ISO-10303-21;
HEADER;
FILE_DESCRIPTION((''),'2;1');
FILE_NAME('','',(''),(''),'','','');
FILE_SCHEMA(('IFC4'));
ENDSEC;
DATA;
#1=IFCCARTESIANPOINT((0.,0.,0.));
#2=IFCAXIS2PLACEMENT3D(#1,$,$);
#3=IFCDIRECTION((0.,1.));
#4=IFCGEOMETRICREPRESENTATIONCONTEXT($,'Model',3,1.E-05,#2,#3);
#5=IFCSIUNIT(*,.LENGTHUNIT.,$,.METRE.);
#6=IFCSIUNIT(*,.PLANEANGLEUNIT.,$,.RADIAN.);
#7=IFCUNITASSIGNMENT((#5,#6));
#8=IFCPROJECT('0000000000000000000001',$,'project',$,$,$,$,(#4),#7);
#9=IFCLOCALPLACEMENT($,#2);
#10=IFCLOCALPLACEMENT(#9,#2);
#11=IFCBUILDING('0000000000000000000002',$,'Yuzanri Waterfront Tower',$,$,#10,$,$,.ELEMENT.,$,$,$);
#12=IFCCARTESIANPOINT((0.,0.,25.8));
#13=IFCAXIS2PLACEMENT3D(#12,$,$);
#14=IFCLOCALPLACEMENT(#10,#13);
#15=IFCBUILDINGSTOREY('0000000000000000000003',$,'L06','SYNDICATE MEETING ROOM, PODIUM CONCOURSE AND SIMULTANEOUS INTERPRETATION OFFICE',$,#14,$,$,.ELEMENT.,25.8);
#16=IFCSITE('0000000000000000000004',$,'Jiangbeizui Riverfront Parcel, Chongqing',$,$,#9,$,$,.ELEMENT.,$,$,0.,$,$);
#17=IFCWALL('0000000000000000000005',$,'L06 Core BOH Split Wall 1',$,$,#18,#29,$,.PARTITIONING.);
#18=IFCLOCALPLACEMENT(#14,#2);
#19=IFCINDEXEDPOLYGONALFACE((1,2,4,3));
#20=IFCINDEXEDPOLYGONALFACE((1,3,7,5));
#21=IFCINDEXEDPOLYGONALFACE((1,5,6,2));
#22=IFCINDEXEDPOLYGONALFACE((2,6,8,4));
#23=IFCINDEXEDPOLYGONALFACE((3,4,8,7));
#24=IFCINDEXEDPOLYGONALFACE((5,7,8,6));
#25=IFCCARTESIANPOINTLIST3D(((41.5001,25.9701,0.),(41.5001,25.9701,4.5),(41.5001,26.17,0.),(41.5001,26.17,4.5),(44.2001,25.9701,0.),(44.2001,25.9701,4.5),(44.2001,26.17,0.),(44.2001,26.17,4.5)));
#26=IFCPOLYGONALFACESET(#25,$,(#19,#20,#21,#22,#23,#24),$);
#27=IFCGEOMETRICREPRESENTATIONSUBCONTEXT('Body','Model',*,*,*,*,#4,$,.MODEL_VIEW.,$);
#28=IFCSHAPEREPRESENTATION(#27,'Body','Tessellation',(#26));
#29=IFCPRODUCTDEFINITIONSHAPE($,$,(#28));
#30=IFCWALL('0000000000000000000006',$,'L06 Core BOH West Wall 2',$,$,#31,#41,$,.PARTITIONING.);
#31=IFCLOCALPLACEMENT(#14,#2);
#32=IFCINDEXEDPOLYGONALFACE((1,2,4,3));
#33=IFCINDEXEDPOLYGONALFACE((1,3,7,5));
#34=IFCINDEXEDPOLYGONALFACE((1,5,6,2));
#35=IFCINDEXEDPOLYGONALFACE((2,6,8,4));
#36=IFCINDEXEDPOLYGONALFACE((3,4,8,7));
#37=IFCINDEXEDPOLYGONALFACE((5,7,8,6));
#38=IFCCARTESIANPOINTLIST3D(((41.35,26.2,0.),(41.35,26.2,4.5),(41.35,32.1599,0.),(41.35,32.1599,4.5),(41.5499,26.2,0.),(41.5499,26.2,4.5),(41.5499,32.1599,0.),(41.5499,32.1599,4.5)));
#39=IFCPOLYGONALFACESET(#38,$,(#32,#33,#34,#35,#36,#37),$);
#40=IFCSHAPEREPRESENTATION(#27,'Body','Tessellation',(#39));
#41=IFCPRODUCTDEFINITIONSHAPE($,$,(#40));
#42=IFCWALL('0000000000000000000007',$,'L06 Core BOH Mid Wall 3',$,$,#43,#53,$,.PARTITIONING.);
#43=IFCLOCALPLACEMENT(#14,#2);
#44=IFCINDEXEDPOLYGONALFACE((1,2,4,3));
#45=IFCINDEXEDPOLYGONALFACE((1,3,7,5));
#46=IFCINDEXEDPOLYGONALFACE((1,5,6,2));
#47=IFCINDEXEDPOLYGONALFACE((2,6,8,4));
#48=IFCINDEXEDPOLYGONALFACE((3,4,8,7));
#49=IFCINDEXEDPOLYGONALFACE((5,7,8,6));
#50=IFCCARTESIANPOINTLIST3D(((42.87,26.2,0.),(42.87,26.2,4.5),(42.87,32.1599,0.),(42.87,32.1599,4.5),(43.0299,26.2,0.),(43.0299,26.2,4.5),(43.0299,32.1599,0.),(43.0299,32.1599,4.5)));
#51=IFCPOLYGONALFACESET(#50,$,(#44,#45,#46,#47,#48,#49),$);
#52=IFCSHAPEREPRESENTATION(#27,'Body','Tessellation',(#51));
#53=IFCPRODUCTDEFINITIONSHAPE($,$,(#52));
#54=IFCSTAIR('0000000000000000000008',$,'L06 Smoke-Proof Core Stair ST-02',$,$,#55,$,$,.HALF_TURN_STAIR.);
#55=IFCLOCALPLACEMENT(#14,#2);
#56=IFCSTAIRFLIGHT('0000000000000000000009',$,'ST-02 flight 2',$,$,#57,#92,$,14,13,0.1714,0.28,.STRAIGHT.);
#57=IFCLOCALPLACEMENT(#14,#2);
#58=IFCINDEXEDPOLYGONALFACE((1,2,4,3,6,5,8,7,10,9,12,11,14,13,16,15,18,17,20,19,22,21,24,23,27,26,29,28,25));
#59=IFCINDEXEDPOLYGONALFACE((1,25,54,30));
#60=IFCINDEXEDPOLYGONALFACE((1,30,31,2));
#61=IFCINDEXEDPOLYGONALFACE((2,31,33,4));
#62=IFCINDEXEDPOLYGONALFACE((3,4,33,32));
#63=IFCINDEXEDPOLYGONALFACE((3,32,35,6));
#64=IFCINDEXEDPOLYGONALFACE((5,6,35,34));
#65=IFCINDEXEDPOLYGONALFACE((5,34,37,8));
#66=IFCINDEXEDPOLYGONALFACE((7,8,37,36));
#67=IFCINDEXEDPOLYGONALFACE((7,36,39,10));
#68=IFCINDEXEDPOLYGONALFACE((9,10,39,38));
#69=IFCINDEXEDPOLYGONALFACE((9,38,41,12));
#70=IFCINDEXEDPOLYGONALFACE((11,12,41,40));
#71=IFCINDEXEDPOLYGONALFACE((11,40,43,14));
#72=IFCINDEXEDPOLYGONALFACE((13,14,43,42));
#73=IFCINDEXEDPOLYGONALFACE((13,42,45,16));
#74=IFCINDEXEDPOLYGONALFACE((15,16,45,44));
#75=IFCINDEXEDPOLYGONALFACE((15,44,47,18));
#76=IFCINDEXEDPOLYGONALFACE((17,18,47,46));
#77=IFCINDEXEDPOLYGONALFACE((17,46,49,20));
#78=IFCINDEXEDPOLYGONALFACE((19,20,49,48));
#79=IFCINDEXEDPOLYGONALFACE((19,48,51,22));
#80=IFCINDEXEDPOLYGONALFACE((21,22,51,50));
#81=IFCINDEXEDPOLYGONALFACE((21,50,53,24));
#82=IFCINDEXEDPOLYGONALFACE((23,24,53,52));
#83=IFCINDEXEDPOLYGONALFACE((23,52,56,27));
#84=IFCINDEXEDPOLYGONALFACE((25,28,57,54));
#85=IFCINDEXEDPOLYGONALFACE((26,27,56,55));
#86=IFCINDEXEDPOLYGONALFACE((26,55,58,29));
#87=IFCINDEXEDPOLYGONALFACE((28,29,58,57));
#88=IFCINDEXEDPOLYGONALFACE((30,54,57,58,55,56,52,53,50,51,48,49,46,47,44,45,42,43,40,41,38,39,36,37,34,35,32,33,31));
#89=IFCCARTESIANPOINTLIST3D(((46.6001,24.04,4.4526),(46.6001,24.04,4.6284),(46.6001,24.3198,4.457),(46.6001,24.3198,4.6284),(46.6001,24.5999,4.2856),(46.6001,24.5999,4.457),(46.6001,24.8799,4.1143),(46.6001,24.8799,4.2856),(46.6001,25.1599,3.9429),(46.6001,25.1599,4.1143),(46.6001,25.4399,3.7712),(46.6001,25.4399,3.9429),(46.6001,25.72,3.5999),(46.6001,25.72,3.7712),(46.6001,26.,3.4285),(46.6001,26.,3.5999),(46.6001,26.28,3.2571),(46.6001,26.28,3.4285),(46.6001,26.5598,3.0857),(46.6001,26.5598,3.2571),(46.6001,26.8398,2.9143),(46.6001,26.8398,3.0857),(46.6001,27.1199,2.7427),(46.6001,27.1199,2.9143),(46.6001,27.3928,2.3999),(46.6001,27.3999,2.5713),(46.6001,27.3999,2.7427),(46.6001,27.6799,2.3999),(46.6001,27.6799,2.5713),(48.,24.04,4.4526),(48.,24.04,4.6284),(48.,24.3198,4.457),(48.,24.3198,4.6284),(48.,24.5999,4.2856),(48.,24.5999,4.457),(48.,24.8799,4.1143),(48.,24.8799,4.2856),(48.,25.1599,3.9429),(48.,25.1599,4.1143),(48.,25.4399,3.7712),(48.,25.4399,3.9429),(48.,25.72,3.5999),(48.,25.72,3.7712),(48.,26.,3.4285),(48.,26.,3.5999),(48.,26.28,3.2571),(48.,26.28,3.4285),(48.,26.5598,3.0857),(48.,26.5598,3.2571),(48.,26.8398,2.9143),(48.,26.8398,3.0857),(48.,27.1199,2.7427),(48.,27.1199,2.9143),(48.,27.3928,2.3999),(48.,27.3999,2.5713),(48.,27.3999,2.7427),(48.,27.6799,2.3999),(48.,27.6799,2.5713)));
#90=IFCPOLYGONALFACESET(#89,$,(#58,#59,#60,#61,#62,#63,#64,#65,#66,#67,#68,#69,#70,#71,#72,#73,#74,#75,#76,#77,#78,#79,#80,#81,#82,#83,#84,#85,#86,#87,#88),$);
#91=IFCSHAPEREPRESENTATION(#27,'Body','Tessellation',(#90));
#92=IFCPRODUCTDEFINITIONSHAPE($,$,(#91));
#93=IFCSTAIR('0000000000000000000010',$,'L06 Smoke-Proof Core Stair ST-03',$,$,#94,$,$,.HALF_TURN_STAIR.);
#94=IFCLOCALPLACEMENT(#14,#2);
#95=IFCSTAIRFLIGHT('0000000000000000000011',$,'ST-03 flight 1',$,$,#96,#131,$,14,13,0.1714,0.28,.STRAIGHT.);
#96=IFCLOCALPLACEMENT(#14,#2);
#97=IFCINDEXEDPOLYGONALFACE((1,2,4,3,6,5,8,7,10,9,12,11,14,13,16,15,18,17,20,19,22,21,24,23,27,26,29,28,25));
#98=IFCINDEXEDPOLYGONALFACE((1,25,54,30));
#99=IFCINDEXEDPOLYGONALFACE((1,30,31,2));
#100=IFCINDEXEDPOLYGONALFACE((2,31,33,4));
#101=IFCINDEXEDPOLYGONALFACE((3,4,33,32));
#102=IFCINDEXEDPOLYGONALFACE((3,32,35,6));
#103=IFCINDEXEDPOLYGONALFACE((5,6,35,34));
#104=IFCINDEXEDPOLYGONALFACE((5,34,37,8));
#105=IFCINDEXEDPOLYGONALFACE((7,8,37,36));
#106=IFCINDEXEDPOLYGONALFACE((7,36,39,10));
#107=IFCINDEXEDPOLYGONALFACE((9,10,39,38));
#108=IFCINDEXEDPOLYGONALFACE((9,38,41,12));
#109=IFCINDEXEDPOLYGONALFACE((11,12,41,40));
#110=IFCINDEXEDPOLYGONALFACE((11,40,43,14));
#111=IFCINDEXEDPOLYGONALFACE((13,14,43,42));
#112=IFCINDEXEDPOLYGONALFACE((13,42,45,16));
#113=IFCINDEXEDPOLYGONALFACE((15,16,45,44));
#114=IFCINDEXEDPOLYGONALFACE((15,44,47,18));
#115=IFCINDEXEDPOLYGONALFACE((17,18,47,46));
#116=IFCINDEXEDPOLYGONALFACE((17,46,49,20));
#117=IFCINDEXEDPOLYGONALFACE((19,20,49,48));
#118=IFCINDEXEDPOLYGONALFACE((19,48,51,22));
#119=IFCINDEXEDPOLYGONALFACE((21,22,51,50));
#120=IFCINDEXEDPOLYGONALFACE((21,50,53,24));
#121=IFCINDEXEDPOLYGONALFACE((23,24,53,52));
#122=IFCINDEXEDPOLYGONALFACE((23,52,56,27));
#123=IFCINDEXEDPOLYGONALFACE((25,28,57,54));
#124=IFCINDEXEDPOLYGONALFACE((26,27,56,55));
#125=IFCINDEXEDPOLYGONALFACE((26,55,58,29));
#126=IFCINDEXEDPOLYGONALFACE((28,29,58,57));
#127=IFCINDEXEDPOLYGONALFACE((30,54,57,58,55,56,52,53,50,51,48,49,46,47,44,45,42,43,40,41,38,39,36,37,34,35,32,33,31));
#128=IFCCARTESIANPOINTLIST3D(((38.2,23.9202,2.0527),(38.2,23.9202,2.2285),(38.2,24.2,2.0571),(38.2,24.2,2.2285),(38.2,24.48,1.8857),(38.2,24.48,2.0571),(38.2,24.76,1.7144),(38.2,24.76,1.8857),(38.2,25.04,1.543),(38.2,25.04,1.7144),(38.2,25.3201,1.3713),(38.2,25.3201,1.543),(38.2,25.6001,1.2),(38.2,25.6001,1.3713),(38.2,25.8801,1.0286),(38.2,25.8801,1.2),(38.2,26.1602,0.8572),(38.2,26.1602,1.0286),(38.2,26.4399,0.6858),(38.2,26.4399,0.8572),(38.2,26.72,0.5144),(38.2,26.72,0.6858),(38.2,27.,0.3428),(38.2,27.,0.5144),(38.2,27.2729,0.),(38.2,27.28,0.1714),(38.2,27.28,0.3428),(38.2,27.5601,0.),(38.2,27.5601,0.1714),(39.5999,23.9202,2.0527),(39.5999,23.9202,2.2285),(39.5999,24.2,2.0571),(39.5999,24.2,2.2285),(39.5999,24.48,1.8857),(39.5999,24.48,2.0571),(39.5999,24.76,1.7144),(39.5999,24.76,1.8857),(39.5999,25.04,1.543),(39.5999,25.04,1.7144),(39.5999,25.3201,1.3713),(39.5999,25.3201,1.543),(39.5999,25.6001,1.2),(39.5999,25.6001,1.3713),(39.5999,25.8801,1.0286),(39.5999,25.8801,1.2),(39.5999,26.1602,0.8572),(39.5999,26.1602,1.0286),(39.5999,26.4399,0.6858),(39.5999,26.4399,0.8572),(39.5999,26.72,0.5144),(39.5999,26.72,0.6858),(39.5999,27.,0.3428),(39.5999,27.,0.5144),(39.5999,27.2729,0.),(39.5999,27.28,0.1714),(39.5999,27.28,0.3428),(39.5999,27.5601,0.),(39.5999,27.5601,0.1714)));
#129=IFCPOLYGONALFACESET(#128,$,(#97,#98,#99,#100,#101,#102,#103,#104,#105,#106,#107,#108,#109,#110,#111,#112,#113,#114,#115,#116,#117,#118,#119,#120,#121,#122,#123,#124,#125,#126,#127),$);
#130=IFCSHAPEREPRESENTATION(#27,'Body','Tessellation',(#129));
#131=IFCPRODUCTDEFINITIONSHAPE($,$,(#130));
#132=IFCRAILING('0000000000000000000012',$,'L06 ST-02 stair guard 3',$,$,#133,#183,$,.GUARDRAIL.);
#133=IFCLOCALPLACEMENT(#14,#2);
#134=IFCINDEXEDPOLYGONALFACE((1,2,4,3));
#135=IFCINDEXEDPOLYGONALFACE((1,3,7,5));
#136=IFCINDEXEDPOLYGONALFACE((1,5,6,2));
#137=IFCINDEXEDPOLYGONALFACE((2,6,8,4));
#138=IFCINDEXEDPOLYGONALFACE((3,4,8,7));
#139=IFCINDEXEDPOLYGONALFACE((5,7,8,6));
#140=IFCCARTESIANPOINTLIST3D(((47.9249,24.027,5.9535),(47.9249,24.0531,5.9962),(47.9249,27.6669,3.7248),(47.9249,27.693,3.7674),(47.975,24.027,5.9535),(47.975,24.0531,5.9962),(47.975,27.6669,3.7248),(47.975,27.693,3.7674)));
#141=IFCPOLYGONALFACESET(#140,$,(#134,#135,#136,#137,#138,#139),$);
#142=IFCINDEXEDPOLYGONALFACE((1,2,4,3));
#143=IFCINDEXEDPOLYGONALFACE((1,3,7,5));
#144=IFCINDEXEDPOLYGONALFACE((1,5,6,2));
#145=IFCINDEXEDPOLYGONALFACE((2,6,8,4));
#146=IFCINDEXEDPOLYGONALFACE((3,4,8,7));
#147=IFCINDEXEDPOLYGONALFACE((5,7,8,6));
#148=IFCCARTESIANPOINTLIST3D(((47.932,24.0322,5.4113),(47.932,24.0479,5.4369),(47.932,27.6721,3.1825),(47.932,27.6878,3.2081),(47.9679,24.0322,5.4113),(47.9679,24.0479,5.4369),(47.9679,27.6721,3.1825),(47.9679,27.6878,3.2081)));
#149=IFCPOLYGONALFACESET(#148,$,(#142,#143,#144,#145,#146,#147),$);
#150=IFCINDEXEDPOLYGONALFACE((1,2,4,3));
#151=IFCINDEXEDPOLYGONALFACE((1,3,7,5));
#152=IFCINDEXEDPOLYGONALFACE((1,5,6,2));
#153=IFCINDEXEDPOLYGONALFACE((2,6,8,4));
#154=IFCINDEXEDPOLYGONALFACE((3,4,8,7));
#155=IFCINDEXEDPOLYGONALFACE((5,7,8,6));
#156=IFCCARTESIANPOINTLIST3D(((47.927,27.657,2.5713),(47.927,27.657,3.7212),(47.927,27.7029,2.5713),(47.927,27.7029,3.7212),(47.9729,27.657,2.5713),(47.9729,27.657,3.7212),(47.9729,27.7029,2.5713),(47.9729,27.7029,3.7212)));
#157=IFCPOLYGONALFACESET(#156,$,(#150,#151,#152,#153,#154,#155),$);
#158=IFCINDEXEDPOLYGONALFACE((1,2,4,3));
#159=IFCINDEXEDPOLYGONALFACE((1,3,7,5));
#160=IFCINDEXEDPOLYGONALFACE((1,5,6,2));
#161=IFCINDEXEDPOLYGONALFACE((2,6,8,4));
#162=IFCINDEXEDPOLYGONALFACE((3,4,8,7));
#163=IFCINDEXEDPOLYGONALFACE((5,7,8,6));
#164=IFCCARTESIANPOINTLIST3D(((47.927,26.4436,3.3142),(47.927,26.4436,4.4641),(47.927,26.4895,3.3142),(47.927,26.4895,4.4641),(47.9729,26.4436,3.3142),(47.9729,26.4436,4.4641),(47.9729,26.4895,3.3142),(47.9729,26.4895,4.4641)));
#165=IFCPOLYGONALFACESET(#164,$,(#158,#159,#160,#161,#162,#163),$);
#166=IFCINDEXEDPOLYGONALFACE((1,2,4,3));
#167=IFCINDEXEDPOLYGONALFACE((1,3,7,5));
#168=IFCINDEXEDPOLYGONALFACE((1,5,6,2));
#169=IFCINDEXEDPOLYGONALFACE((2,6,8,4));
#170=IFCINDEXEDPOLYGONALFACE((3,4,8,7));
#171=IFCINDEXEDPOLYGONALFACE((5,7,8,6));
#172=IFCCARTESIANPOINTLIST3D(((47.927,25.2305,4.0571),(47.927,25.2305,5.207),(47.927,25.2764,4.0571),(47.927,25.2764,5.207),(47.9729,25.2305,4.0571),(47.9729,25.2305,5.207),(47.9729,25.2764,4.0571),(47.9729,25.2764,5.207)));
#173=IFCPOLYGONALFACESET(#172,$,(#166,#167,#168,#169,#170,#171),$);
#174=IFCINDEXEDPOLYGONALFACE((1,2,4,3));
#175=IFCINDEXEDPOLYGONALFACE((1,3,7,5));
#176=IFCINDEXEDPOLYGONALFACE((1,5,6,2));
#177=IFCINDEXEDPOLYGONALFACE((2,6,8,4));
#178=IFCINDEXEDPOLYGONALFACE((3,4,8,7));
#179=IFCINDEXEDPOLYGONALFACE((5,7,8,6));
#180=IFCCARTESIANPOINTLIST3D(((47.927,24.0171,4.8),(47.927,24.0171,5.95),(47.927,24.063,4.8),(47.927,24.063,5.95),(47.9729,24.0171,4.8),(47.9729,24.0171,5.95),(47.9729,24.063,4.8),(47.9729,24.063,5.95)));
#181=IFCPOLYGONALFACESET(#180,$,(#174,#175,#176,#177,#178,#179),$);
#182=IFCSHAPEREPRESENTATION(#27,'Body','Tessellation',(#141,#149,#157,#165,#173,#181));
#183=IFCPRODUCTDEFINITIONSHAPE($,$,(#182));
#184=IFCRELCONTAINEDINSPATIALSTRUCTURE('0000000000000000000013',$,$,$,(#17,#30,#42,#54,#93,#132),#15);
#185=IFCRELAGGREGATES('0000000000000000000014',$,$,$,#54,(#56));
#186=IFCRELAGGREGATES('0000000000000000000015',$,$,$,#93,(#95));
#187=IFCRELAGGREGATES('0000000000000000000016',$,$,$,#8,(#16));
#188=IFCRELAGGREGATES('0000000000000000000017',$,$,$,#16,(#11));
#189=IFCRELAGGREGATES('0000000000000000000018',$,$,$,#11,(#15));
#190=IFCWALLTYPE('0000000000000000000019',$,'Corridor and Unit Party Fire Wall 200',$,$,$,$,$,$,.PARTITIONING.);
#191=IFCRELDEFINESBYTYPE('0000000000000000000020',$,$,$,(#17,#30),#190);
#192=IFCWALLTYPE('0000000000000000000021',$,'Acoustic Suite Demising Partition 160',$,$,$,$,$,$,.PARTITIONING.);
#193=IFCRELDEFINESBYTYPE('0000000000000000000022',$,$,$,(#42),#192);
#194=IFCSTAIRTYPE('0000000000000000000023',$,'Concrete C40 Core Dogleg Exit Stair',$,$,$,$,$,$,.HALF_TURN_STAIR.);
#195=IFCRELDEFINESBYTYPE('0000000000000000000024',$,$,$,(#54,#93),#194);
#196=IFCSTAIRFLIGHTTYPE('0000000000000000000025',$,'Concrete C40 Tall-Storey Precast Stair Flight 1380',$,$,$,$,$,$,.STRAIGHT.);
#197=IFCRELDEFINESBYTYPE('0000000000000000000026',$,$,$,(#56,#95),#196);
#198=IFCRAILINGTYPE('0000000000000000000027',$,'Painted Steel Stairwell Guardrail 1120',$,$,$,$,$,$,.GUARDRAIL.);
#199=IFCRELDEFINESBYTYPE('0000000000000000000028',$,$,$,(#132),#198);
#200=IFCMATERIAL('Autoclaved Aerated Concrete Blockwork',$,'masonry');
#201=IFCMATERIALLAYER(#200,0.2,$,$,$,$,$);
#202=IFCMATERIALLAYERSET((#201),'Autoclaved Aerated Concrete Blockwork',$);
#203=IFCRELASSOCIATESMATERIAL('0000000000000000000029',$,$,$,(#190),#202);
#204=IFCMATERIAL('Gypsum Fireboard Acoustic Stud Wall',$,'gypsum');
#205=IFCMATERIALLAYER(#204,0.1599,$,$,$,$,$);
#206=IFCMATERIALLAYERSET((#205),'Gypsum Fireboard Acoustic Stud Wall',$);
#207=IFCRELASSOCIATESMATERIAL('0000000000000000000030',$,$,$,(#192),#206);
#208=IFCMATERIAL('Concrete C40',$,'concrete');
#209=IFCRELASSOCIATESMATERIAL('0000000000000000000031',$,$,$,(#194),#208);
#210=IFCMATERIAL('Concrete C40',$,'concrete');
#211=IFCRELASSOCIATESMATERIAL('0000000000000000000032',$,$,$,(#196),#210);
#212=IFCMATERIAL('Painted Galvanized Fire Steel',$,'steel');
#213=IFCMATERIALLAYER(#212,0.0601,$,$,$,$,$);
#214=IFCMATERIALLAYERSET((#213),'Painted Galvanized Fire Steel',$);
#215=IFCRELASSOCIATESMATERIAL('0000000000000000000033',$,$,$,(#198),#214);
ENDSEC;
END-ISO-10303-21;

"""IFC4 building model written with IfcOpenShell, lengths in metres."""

from ifc_helpers import new_model, si_unit, direction, frame, frame_2d, origin, origin_2d, place, context, subcontext, project, spatial, polyline, rectangle, outline, extrude, source, transform, mapped, material, layer, layer_set, type_object, element, aggregate, save


model = new_model("IFC4")

# Units and contexts
model_context = context("Model", 3, precision=1e-05, world=origin(), true_north=direction((0.0, 1.0)))
body_context = subcontext(model_context, "Body", "Model", "MODEL_VIEW")
ifc_project = project(units=[si_unit("LENGTHUNIT", "METRE"), si_unit("PLANEANGLEUNIT", "RADIAN")], contexts=[model_context])

# Site, building, storey
site_placement = place(None, origin())
site = spatial("IfcSite", under=ifc_project, at=site_placement, Name="Jiangbeizui Riverfront Parcel, Chongqing", CompositionType="ELEMENT", RefElevation=0.0)
building_placement = place(site_placement, origin())
building = spatial("IfcBuilding", under=site, at=building_placement, Name="Yuzanri Waterfront Tower", CompositionType="ELEMENT")
storey_placement = place(building_placement, frame((0.0, 0.0, 25.8)))
storey = spatial("IfcBuildingStorey", under=building, at=storey_placement, Name="L06", Description="SYNDICATE MEETING ROOM, PODIUM CONCOURSE AND SIMULTANEOUS INTERPRETATION OFFICE", CompositionType="ELEMENT", Elevation=25.8)

# Walls
ifc_material_1 = material(Name="Autoclaved Aerated Concrete Blockwork", Category="masonry")
ifc_layer_1 = layer(ifc_material_1, 0.2)
ifc_layer_set_1 = layer_set([ifc_layer_1], Name="Autoclaved Aerated Concrete Blockwork")
wall_type_1 = type_object("IfcWallType", Name="Corridor and Unit Party Fire Wall 200", PredefinedType="PARTITIONING", material=ifc_layer_set_1)
shared_shape_1 = source(origin(), body_context, "Body", "SweptSolid", [
    extrude(rectangle(XDim=2.7, YDim=0.2, at=frame_2d((1.3501, 0.0))), origin(), (0.0, 0.0, 1.0), 4.5),
])
wall_1_placement = place(storey_placement, frame((41.5, 26.0701, 0.0), z_axis=(0.0, 0.0, 1.0), x_axis=(1.0, 0.0, 0.0)))
element("IfcWall", 1, at=wall_1_placement, inside=storey, type_object=wall_type_1, Name="L06 Core BOH Split Wall 1", PredefinedType="PARTITIONING", context=body_context, shape_type="MappedRepresentation", body=[
    mapped(shared_shape_1, transform((0.0, 0.0, 0.0), scale=1.0)),
])
shared_shape_2 = source(origin(), body_context, "Body", "SweptSolid", [
    extrude(rectangle(XDim=5.96, YDim=0.2, at=frame_2d((2.98, 0.0))), origin(), (0.0, 0.0, 1.0), 4.5),
])
wall_2_placement = place(storey_placement, frame((41.45, 26.2, 0.0), z_axis=(0.0, 0.0, 1.0), x_axis=(0.0, 1.0, 0.0)))
element("IfcWall", 2, at=wall_2_placement, inside=storey, type_object=wall_type_1, Name="L06 Core BOH West Wall 2", PredefinedType="PARTITIONING", context=body_context, shape_type="MappedRepresentation", body=[
    mapped(shared_shape_2, transform((0.0, 0.0, 0.0), scale=1.0)),
])
ifc_material_2 = material(Name="Gypsum Fireboard Acoustic Stud Wall", Category="gypsum")
ifc_layer_2 = layer(ifc_material_2, 0.1599)
ifc_layer_set_2 = layer_set([ifc_layer_2], Name="Gypsum Fireboard Acoustic Stud Wall")
wall_type_2 = type_object("IfcWallType", Name="Acoustic Suite Demising Partition 160", PredefinedType="PARTITIONING", material=ifc_layer_set_2)
shared_shape_3 = source(origin(), body_context, "Body", "SweptSolid", [
    extrude(rectangle(XDim=5.96, YDim=0.1599, at=frame_2d((2.98, 0.0))), origin(), (0.0, 0.0, 1.0), 4.5),
])
wall_3_placement = place(storey_placement, frame((42.95, 26.2, 0.0), z_axis=(0.0, 0.0, 1.0), x_axis=(0.0, 1.0, 0.0)))
element("IfcWall", 3, at=wall_3_placement, inside=storey, type_object=wall_type_2, Name="L06 Core BOH Mid Wall 3", PredefinedType="PARTITIONING", context=body_context, shape_type="MappedRepresentation", body=[
    mapped(shared_shape_3, transform((0.0, 0.0, 0.0), scale=1.0)),
])

# Stairs, stair flights
ifc_material_3 = material(Name="Concrete C40", Category="concrete")
stair_type = type_object("IfcStairType", Name="Concrete C40 Core Dogleg Exit Stair", PredefinedType="HALF_TURN_STAIR", material=ifc_material_3)
stair_1_placement = place(storey_placement, origin())
stair_1 = element("IfcStair", 4, at=stair_1_placement, inside=storey, type_object=stair_type, Name="L06 Smoke-Proof Core Stair ST-02", PredefinedType="HALF_TURN_STAIR")
ifc_material_4 = material(Name="Concrete C40", Category="concrete")
stair_flight_type = type_object("IfcStairFlightType", Name="Concrete C40 Tall-Storey Precast Stair Flight 1380", PredefinedType="STRAIGHT", material=ifc_material_4)
shared_shape_4 = source(origin(), body_context, "Body", "SweptSolid", [
    extrude(outline(polyline([(0.0, 0.0), (0.0, 0.1714), (0.28, 0.1714), (0.28, 0.3428), (0.5601, 0.3428), (0.5601, 0.5144), (0.8401, 0.5144), (0.8401, 0.6858), (1.1201, 0.6858), (1.1201, 0.8572), (1.3999, 0.8572), (1.3999, 1.0286), (1.6799, 1.0286), (1.6799, 1.2), (1.96, 1.2), (1.96, 1.3713), (2.24, 1.3713), (2.24, 1.543), (2.52, 1.543), (2.52, 1.7144), (2.8, 1.7144), (2.8, 1.8857), (3.0801, 1.8857), (3.0801, 2.0571), (3.3601, 2.0571), (3.3601, 2.2285), (3.6399, 2.2285), (3.6399, 2.3999), (3.6399, 2.0527), (0.2871, 0.0), (0.0, 0.0)])), frame((0.0, 0.7, 0.0), z_axis=(0.0, -1.0, 0.0), x_axis=(1.0, 0.0, 0.0)), (0.0, 0.0, 1.0), 1.3999),
])
stair_flight_1_placement = place(storey_placement, frame((47.3, 27.6799, 2.3999), z_axis=(0.0, 0.0, 1.0), x_axis=(0.0, -1.0, 0.0)))
stair_flight_1 = element("IfcStairFlight", 5, at=stair_flight_1_placement, type_object=stair_flight_type, Name="ST-02 flight 2", NumberOfRisers=14, NumberOfTreads=13, PredefinedType="STRAIGHT", RiserHeight=0.1714, TreadLength=0.28, context=body_context, shape_type="MappedRepresentation", body=[
    mapped(shared_shape_4, transform((0.0, 0.0, 0.0), scale=1.0)),
])
aggregate(stair_1, [stair_flight_1])
stair_2_placement = place(storey_placement, origin())
stair_2 = element("IfcStair", 6, at=stair_2_placement, inside=storey, type_object=stair_type, Name="L06 Smoke-Proof Core Stair ST-03", PredefinedType="HALF_TURN_STAIR")
stair_flight_2_placement = place(storey_placement, frame((38.8999, 27.5601, 0.0), z_axis=(0.0, 0.0, 1.0), x_axis=(0.0, -1.0, 0.0)))
stair_flight_2 = element("IfcStairFlight", 7, at=stair_flight_2_placement, type_object=stair_flight_type, Name="ST-03 flight 1", NumberOfRisers=14, NumberOfTreads=13, PredefinedType="STRAIGHT", RiserHeight=0.1714, TreadLength=0.28, context=body_context, shape_type="MappedRepresentation", body=[
    mapped(shared_shape_4, transform((0.0, 0.0, 0.0), scale=1.0)),
])
aggregate(stair_2, [stair_flight_2])

# Railing
ifc_material_5 = material(Name="Painted Galvanized Fire Steel", Category="steel")
ifc_layer_3 = layer(ifc_material_5, 0.0601)
ifc_layer_set_3 = layer_set([ifc_layer_3], Name="Painted Galvanized Fire Steel")
railing_type_1 = type_object("IfcRailingType", Name="Painted Steel Stairwell Guardrail 1120", PredefinedType="GUARDRAIL", material=ifc_layer_set_3)
shared_shape_5 = source(origin(), body_context, "Body", "SweptSolid", [
    extrude(rectangle(XDim=0.05, YDim=0.05, at=origin_2d()), frame((0.0, 0.0, 1.1748), z_axis=(0.0, -0.852825, 0.522197), x_axis=(1.0, 0.0, 0.0)), (0.0, 0.0, 1.0), 4.2681),
    extrude(rectangle(XDim=0.0359, YDim=0.03, at=origin_2d()), frame((0.0, 0.0, 0.624), z_axis=(0.0, -0.852825, 0.522197), x_axis=(1.0, 0.0, 0.0)), (0.0, 0.0, 1.0), 4.2681),
    extrude(rectangle(XDim=0.0459, YDim=0.0459, at=origin_2d()), origin(), (0.0, 0.0, 1.0), 1.1499),
    extrude(rectangle(XDim=0.0459, YDim=0.0459, at=origin_2d()), frame((0.0, -1.2134, 0.7429)), (0.0, 0.0, 1.0), 1.1499),
    extrude(rectangle(XDim=0.0459, YDim=0.0459, at=origin_2d()), frame((0.0, -2.4265, 1.4858)), (0.0, 0.0, 1.0), 1.1499),
    extrude(rectangle(XDim=0.0459, YDim=0.0459, at=origin_2d()), frame((0.0, -3.6399, 2.2288)), (0.0, 0.0, 1.0), 1.1499),
])
railing_1_placement = place(storey_placement, frame((47.95, 27.6799, 2.5713)))
element("IfcRailing", 8, at=railing_1_placement, inside=storey, type_object=railing_type_1, Name="L06 ST-02 stair guard 3", PredefinedType="GUARDRAIL", context=body_context, shape_type="MappedRepresentation", body=[
    mapped(shared_shape_5, transform((0.0, 0.0, 0.0), scale=1.0)),
])

save(model, "model.ifc")
